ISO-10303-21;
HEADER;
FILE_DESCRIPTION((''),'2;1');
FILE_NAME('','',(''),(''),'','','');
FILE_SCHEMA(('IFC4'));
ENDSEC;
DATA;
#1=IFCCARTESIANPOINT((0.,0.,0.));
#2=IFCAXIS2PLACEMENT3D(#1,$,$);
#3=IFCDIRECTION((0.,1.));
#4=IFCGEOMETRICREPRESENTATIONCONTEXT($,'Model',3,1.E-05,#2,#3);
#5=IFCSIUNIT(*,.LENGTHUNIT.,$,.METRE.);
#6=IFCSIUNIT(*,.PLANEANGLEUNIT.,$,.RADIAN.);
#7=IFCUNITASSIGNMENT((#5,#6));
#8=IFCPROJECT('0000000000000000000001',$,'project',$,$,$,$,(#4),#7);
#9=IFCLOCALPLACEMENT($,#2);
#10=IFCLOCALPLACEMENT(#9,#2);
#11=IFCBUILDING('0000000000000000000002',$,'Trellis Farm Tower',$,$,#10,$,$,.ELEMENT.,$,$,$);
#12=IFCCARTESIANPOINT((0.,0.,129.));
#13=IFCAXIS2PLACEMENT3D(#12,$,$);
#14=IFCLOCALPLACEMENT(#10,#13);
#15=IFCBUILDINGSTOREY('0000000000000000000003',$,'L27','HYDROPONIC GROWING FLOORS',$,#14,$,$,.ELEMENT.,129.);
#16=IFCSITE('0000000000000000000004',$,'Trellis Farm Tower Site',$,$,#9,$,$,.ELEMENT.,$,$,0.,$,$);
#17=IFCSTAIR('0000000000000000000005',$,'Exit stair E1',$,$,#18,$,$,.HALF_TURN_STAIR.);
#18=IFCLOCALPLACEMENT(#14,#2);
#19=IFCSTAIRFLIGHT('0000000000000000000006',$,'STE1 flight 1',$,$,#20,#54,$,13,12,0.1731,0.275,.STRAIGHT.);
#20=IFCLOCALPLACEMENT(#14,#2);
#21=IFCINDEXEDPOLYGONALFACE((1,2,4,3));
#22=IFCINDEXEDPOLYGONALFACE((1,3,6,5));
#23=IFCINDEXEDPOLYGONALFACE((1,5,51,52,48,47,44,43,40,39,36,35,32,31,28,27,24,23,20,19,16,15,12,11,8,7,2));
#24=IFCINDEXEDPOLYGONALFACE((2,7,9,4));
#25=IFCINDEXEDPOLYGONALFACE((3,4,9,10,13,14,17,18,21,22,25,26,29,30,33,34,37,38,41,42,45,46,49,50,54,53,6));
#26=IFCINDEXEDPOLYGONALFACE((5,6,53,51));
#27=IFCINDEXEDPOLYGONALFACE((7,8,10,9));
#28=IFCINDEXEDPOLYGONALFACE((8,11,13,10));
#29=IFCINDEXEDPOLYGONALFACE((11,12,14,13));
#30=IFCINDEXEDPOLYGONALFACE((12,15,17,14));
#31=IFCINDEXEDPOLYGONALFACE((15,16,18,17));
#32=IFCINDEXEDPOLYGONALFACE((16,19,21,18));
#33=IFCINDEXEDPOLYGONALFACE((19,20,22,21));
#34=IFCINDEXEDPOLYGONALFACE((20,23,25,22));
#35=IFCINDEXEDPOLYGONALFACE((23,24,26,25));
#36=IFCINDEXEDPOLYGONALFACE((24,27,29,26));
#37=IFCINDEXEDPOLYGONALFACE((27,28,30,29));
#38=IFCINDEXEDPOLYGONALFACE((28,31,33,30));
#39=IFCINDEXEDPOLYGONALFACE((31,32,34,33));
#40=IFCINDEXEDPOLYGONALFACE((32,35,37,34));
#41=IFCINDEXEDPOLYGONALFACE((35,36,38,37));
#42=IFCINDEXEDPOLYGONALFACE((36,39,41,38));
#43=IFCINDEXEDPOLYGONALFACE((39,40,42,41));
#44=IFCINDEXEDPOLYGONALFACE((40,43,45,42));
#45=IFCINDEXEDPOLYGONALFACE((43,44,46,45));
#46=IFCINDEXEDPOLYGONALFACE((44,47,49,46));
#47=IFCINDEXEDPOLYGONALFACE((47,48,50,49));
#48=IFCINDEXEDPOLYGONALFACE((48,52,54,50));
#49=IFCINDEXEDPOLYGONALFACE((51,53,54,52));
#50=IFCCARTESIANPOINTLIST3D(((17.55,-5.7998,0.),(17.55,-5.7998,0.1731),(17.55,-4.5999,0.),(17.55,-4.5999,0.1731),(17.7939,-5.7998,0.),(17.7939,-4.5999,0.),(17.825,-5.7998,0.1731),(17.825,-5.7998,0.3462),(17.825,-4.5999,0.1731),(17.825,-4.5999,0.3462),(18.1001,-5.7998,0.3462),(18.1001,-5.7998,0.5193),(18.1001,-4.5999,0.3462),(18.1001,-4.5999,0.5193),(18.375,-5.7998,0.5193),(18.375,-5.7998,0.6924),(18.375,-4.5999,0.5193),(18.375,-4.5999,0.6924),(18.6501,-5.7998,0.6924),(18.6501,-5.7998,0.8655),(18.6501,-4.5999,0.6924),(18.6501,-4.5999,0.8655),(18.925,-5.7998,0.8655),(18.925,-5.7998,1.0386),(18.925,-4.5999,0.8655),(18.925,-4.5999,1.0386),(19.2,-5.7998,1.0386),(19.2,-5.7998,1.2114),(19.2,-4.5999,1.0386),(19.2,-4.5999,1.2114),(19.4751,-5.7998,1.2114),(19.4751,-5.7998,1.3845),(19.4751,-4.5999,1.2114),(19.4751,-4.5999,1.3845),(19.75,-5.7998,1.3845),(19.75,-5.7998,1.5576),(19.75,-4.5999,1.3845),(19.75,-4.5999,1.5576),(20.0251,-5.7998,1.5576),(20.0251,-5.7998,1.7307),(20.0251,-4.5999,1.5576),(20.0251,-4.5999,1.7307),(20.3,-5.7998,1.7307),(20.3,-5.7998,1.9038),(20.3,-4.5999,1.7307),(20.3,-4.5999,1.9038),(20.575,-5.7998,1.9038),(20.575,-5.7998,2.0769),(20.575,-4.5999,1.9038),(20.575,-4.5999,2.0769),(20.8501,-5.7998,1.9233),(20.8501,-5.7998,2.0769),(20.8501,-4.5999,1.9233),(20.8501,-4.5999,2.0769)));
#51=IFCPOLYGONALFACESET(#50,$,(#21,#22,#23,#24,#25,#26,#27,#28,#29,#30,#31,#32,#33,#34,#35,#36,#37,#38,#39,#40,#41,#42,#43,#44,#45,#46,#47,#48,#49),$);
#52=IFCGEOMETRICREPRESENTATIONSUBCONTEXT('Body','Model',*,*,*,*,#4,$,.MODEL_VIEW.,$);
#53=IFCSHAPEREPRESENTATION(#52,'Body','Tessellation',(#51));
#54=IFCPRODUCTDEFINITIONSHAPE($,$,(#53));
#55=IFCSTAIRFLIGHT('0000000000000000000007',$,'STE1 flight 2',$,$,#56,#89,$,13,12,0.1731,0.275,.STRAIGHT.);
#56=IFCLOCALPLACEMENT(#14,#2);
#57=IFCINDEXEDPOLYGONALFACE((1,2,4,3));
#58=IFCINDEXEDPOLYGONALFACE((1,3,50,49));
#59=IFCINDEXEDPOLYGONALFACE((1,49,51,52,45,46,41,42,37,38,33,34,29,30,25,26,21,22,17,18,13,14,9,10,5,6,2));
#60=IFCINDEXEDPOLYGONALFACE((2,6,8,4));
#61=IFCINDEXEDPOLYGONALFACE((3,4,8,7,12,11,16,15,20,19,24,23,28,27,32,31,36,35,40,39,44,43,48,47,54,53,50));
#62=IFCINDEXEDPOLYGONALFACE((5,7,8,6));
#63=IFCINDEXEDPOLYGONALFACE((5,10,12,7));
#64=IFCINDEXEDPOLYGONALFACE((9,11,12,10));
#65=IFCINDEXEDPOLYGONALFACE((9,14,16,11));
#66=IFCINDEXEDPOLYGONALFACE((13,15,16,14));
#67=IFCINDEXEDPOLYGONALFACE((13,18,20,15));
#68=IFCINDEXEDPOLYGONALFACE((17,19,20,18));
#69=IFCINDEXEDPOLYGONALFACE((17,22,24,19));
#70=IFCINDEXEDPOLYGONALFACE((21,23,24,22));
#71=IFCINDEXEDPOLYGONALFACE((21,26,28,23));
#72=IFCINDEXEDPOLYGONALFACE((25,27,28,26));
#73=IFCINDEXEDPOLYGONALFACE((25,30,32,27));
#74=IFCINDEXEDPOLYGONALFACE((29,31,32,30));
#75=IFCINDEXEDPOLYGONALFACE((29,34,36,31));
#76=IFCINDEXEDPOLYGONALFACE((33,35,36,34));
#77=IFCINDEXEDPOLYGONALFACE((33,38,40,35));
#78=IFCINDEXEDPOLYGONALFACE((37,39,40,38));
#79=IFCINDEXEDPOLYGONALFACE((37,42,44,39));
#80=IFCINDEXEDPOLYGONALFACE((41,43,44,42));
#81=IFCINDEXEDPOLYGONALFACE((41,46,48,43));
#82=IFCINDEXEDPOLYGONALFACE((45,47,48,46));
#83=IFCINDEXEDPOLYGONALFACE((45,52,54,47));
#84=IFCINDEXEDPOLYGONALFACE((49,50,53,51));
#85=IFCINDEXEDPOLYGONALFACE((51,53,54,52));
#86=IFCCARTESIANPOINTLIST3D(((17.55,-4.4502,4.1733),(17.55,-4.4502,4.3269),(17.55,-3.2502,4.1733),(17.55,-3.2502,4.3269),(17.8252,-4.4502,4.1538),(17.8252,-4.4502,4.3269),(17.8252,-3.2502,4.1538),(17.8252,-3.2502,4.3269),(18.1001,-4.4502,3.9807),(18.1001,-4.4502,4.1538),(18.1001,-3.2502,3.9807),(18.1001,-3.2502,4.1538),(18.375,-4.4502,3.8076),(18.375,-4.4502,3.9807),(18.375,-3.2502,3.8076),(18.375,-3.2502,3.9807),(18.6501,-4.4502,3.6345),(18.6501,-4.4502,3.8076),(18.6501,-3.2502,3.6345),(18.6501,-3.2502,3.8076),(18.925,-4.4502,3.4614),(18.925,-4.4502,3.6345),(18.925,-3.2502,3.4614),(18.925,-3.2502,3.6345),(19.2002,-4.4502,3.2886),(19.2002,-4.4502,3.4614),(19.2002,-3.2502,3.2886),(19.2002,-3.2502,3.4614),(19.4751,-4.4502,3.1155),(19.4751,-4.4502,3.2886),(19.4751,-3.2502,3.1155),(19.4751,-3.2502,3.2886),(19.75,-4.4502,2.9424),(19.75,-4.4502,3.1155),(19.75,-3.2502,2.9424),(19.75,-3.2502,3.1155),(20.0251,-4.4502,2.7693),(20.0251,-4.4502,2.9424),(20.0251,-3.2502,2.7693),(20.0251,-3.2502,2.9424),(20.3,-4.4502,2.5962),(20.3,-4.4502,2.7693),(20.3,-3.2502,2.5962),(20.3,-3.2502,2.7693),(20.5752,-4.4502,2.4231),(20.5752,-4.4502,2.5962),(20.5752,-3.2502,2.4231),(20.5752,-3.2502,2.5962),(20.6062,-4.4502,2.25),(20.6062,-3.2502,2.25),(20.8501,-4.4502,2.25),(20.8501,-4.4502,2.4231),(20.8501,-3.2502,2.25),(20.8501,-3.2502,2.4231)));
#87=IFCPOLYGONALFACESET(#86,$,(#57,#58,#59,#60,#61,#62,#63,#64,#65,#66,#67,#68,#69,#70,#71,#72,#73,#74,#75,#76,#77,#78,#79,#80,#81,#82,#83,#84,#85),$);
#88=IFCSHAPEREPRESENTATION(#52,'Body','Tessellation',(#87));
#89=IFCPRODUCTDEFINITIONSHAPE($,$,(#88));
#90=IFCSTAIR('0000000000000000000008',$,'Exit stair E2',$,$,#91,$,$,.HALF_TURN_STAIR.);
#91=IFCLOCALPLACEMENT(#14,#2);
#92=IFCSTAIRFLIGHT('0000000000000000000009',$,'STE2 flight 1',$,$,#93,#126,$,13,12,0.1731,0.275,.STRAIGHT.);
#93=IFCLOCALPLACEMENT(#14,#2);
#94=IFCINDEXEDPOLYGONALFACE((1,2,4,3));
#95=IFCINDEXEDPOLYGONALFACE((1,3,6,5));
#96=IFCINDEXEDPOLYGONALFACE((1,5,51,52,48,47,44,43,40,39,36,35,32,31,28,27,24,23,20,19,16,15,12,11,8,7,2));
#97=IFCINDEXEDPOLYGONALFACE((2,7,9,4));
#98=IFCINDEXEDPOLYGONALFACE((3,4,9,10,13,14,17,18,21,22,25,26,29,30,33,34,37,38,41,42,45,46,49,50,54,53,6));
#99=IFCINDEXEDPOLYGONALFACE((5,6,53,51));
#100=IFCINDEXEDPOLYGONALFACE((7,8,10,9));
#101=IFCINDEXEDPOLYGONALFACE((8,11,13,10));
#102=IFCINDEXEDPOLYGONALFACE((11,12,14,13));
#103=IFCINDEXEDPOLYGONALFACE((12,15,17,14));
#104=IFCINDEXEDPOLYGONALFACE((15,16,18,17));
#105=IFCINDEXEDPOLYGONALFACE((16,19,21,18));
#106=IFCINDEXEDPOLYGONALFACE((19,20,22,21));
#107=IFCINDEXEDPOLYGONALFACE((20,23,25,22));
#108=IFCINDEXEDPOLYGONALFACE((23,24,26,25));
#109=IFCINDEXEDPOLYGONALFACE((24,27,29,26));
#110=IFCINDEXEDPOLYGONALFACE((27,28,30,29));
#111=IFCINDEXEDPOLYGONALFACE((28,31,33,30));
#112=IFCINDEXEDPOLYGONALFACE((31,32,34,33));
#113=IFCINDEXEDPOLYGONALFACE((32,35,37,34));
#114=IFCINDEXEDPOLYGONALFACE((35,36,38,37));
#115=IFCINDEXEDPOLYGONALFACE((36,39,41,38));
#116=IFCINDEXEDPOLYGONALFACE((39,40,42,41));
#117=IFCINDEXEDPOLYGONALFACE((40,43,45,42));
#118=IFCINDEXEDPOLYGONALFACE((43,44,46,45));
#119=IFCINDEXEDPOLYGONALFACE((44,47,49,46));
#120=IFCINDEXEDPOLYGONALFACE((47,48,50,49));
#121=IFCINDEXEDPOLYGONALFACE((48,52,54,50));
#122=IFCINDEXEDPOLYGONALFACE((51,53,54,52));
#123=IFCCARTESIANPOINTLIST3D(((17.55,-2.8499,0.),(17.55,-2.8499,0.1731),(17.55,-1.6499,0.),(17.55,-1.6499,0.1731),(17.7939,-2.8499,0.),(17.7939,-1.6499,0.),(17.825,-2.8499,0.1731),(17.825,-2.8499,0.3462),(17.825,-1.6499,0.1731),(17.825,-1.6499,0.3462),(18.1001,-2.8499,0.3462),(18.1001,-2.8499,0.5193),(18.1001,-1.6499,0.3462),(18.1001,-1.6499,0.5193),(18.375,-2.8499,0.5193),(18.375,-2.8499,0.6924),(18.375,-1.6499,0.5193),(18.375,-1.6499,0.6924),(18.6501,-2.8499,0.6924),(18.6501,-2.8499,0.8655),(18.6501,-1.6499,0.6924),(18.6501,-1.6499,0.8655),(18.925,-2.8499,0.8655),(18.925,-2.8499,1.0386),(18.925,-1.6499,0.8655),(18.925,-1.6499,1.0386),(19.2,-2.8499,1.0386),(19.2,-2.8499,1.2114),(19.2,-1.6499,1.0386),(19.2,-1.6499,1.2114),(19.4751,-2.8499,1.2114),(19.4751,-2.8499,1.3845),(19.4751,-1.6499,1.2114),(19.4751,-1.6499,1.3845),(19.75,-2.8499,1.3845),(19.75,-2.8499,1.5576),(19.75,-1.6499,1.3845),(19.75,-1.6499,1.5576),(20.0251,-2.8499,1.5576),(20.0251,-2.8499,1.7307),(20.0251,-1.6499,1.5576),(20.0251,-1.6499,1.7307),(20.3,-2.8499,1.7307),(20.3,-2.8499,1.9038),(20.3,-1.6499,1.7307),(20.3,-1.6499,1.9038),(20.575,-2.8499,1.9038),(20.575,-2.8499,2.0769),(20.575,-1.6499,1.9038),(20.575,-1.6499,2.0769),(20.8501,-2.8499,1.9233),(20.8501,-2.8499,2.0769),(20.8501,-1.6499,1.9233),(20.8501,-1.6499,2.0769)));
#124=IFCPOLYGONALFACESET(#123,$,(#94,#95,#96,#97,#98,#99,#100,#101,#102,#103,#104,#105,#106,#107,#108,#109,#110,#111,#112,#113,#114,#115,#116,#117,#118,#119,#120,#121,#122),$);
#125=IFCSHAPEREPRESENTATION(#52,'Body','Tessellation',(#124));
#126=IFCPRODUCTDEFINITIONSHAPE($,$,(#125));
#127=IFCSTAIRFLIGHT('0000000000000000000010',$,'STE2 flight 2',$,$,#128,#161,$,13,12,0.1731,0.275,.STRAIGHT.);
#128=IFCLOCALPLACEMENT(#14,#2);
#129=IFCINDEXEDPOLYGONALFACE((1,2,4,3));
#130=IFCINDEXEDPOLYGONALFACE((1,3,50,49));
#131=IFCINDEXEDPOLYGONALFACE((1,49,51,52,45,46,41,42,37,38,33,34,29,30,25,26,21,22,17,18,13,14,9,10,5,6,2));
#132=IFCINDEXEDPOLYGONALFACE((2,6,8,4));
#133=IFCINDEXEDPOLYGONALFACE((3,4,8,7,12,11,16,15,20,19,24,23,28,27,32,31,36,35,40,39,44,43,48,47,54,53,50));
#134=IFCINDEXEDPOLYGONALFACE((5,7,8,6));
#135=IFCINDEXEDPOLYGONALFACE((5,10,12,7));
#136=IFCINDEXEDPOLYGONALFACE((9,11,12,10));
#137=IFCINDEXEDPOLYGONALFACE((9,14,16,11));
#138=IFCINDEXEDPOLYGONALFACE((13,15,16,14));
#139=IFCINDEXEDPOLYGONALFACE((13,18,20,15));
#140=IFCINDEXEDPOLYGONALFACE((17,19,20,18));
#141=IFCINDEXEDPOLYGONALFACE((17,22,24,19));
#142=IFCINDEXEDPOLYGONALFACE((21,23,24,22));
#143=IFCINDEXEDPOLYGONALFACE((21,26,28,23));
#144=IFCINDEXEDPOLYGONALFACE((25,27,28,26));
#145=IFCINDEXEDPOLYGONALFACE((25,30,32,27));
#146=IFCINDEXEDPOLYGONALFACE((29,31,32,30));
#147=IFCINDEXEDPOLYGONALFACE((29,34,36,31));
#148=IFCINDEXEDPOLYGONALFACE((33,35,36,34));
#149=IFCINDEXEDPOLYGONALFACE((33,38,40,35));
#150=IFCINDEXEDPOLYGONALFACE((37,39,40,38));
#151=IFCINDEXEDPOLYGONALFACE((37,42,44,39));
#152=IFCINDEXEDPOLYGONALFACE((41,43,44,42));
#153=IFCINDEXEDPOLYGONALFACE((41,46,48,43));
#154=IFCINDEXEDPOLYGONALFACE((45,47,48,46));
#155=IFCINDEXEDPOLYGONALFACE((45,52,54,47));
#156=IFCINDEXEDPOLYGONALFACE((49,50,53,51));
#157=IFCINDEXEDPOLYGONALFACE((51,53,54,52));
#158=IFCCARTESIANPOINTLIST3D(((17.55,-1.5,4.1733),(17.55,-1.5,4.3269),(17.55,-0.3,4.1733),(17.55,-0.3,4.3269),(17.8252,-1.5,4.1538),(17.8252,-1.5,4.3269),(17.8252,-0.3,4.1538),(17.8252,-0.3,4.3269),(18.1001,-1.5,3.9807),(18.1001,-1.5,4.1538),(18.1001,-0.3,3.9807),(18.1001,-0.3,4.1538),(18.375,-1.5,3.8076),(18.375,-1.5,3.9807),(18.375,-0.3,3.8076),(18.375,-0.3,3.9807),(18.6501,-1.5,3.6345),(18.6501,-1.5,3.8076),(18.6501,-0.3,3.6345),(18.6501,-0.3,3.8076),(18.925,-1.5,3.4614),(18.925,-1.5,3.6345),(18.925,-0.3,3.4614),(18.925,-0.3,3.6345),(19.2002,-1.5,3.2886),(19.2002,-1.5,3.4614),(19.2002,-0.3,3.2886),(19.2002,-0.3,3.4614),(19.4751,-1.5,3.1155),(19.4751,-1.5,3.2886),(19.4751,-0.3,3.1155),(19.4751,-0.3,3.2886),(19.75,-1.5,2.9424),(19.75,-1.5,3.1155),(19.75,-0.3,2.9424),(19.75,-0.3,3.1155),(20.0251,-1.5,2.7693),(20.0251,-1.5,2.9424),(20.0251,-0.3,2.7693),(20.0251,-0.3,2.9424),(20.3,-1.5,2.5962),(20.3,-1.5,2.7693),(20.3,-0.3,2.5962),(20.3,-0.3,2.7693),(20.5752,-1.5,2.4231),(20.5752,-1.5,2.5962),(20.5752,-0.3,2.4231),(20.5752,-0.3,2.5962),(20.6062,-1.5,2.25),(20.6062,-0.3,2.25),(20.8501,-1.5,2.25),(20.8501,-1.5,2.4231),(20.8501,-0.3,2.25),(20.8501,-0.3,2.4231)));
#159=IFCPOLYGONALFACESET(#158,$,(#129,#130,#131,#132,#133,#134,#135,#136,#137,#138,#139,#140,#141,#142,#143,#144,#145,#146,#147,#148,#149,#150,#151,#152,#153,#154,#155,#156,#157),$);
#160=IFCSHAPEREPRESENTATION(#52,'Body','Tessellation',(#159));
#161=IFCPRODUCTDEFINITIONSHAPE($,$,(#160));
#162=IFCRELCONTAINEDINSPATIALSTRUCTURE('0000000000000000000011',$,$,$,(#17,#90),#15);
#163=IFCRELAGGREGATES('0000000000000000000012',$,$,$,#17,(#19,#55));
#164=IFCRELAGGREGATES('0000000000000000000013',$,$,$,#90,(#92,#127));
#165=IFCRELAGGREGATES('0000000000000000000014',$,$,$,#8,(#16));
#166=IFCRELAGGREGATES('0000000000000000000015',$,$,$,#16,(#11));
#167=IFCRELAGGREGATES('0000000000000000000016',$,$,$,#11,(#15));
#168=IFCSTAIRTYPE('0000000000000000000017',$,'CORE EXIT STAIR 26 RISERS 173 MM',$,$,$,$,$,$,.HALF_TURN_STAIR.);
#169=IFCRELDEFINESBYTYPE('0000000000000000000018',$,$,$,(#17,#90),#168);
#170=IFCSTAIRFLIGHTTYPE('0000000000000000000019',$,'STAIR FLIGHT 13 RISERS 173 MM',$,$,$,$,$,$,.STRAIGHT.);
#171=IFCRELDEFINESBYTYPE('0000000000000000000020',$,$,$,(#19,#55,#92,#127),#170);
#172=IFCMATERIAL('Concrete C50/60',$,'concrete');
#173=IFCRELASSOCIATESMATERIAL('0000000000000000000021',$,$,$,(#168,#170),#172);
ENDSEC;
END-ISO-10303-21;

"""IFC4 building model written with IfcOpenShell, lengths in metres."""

from ifc_helpers import new_model, si_unit, direction, frame, origin, place, context, subcontext, project, spatial, polyline, outline, extrude, source, transform, mapped, material, type_object, element, aggregate, save


model = new_model("IFC4")

# Units and contexts
model_context = context("Model", 3, precision=1e-05, world=origin(), true_north=direction((0.0, 1.0)))
body_context = subcontext(model_context, "Body", "Model", "MODEL_VIEW")
ifc_project = project(units=[si_unit("LENGTHUNIT", "METRE"), si_unit("PLANEANGLEUNIT", "RADIAN")], contexts=[model_context])

# Site, building, storey
site_placement = place(None, origin())
site = spatial("IfcSite", under=ifc_project, at=site_placement, Name="Trellis Farm Tower Site", CompositionType="ELEMENT", RefElevation=0.0)
building_placement = place(site_placement, origin())
building = spatial("IfcBuilding", under=site, at=building_placement, Name="Trellis Farm Tower", CompositionType="ELEMENT")
storey_placement = place(building_placement, frame((0.0, 0.0, 129.0)))
storey = spatial("IfcBuildingStorey", under=building, at=storey_placement, Name="L27", Description="HYDROPONIC GROWING FLOORS", CompositionType="ELEMENT", Elevation=129.0)

# Shared definitions
placement = place(storey_placement, origin())

# Stairs, stair flights
ifc_material_1 = material(Name="Concrete C50/60", Category="concrete")
stair_type = type_object("IfcStairType", Name="CORE EXIT STAIR 26 RISERS 173 MM", PredefinedType="HALF_TURN_STAIR", material=ifc_material_1)
stair_1 = element("IfcStair", 1, at=placement, inside=storey, type_object=stair_type, Name="Exit stair E1", PredefinedType="HALF_TURN_STAIR")
stair_flight_type = type_object("IfcStairFlightType", Name="STAIR FLIGHT 13 RISERS 173 MM", PredefinedType="STRAIGHT", material=ifc_material_1)
shared_shape_1 = source(origin(), body_context, "Body", "SweptSolid", [
    extrude(outline(polyline([(0.0, 0.0), (0.0, 0.1731), (0.2749, 0.1731), (0.2749, 0.3462), (0.55, 0.3462), (0.55, 0.5193), (0.825, 0.5193), (0.825, 0.6924), (1.1001, 0.6924), (1.1001, 0.8655), (1.375, 0.8655), (1.375, 1.0386), (1.6499, 1.0386), (1.6499, 1.2114), (1.925, 1.2114), (1.925, 1.3845), (2.2, 1.3845), (2.2, 1.5576), (2.4751, 1.5576), (2.4751, 1.7307), (2.75, 1.7307), (2.75, 1.9038), (3.0249, 1.9038), (3.0249, 2.0769), (3.3, 2.0769), (3.3, 2.25), (3.3, 1.9233), (0.2439, 0.0), (0.0, 0.0)])), frame((0.0, 0.6001, 0.0), z_axis=(0.0, -1.0, 0.0), x_axis=(1.0, 0.0, 0.0)), (0.0, 0.0, 1.0), 1.2),
])
stair_flight_1_placement = place(storey_placement, frame((17.55, -5.2, 0.0), z_axis=(0.0, 0.0, 1.0), x_axis=(1.0, 0.0, 0.0)))
stair_flight_1 = element("IfcStairFlight", 2, at=stair_flight_1_placement, type_object=stair_flight_type, Name="STE1 flight 1", NumberOfRisers=13, NumberOfTreads=12, PredefinedType="STRAIGHT", RiserHeight=0.1731, TreadLength=0.275, context=body_context, shape_type="MappedRepresentation", body=[
    mapped(shared_shape_1, transform((0.0, 0.0, 0.0))),
])
stair_flight_2_placement = place(storey_placement, frame((20.8501, -3.8501, 2.25), z_axis=(0.0, 0.0, 1.0), x_axis=(-1.0, 0.0, 0.0)))
stair_flight_2 = element("IfcStairFlight", 3, at=stair_flight_2_placement, type_object=stair_flight_type, Name="STE1 flight 2", NumberOfRisers=13, NumberOfTreads=12, PredefinedType="STRAIGHT", RiserHeight=0.1731, TreadLength=0.275, context=body_context, shape_type="MappedRepresentation", body=[
    mapped(shared_shape_1, transform((0.0, 0.0, 0.0))),
])
aggregate(stair_1, [stair_flight_1, stair_flight_2])
stair_2 = element("IfcStair", 4, at=placement, inside=storey, type_object=stair_type, Name="Exit stair E2", PredefinedType="HALF_TURN_STAIR")
stair_flight_3_placement = place(storey_placement, frame((17.55, -2.25, 0.0), z_axis=(0.0, 0.0, 1.0), x_axis=(1.0, 0.0, 0.0)))
stair_flight_3 = element("IfcStairFlight", 5, at=stair_flight_3_placement, type_object=stair_flight_type, Name="STE2 flight 1", NumberOfRisers=13, NumberOfTreads=12, PredefinedType="STRAIGHT", RiserHeight=0.1731, TreadLength=0.275, context=body_context, shape_type="MappedRepresentation", body=[
    mapped(shared_shape_1, transform((0.0, 0.0, 0.0))),
])
stair_flight_4_placement = place(storey_placement, frame((20.8501, -0.8999, 2.25), z_axis=(0.0, 0.0, 1.0), x_axis=(-1.0, 0.0, 0.0)))
stair_flight_4 = element("IfcStairFlight", 6, at=stair_flight_4_placement, type_object=stair_flight_type, Name="STE2 flight 2", NumberOfRisers=13, NumberOfTreads=12, PredefinedType="STRAIGHT", RiserHeight=0.1731, TreadLength=0.275, context=body_context, shape_type="MappedRepresentation", body=[
    mapped(shared_shape_1, transform((0.0, 0.0, 0.0))),
])
aggregate(stair_2, [stair_flight_3, stair_flight_4])

save(model, "model.ifc")
